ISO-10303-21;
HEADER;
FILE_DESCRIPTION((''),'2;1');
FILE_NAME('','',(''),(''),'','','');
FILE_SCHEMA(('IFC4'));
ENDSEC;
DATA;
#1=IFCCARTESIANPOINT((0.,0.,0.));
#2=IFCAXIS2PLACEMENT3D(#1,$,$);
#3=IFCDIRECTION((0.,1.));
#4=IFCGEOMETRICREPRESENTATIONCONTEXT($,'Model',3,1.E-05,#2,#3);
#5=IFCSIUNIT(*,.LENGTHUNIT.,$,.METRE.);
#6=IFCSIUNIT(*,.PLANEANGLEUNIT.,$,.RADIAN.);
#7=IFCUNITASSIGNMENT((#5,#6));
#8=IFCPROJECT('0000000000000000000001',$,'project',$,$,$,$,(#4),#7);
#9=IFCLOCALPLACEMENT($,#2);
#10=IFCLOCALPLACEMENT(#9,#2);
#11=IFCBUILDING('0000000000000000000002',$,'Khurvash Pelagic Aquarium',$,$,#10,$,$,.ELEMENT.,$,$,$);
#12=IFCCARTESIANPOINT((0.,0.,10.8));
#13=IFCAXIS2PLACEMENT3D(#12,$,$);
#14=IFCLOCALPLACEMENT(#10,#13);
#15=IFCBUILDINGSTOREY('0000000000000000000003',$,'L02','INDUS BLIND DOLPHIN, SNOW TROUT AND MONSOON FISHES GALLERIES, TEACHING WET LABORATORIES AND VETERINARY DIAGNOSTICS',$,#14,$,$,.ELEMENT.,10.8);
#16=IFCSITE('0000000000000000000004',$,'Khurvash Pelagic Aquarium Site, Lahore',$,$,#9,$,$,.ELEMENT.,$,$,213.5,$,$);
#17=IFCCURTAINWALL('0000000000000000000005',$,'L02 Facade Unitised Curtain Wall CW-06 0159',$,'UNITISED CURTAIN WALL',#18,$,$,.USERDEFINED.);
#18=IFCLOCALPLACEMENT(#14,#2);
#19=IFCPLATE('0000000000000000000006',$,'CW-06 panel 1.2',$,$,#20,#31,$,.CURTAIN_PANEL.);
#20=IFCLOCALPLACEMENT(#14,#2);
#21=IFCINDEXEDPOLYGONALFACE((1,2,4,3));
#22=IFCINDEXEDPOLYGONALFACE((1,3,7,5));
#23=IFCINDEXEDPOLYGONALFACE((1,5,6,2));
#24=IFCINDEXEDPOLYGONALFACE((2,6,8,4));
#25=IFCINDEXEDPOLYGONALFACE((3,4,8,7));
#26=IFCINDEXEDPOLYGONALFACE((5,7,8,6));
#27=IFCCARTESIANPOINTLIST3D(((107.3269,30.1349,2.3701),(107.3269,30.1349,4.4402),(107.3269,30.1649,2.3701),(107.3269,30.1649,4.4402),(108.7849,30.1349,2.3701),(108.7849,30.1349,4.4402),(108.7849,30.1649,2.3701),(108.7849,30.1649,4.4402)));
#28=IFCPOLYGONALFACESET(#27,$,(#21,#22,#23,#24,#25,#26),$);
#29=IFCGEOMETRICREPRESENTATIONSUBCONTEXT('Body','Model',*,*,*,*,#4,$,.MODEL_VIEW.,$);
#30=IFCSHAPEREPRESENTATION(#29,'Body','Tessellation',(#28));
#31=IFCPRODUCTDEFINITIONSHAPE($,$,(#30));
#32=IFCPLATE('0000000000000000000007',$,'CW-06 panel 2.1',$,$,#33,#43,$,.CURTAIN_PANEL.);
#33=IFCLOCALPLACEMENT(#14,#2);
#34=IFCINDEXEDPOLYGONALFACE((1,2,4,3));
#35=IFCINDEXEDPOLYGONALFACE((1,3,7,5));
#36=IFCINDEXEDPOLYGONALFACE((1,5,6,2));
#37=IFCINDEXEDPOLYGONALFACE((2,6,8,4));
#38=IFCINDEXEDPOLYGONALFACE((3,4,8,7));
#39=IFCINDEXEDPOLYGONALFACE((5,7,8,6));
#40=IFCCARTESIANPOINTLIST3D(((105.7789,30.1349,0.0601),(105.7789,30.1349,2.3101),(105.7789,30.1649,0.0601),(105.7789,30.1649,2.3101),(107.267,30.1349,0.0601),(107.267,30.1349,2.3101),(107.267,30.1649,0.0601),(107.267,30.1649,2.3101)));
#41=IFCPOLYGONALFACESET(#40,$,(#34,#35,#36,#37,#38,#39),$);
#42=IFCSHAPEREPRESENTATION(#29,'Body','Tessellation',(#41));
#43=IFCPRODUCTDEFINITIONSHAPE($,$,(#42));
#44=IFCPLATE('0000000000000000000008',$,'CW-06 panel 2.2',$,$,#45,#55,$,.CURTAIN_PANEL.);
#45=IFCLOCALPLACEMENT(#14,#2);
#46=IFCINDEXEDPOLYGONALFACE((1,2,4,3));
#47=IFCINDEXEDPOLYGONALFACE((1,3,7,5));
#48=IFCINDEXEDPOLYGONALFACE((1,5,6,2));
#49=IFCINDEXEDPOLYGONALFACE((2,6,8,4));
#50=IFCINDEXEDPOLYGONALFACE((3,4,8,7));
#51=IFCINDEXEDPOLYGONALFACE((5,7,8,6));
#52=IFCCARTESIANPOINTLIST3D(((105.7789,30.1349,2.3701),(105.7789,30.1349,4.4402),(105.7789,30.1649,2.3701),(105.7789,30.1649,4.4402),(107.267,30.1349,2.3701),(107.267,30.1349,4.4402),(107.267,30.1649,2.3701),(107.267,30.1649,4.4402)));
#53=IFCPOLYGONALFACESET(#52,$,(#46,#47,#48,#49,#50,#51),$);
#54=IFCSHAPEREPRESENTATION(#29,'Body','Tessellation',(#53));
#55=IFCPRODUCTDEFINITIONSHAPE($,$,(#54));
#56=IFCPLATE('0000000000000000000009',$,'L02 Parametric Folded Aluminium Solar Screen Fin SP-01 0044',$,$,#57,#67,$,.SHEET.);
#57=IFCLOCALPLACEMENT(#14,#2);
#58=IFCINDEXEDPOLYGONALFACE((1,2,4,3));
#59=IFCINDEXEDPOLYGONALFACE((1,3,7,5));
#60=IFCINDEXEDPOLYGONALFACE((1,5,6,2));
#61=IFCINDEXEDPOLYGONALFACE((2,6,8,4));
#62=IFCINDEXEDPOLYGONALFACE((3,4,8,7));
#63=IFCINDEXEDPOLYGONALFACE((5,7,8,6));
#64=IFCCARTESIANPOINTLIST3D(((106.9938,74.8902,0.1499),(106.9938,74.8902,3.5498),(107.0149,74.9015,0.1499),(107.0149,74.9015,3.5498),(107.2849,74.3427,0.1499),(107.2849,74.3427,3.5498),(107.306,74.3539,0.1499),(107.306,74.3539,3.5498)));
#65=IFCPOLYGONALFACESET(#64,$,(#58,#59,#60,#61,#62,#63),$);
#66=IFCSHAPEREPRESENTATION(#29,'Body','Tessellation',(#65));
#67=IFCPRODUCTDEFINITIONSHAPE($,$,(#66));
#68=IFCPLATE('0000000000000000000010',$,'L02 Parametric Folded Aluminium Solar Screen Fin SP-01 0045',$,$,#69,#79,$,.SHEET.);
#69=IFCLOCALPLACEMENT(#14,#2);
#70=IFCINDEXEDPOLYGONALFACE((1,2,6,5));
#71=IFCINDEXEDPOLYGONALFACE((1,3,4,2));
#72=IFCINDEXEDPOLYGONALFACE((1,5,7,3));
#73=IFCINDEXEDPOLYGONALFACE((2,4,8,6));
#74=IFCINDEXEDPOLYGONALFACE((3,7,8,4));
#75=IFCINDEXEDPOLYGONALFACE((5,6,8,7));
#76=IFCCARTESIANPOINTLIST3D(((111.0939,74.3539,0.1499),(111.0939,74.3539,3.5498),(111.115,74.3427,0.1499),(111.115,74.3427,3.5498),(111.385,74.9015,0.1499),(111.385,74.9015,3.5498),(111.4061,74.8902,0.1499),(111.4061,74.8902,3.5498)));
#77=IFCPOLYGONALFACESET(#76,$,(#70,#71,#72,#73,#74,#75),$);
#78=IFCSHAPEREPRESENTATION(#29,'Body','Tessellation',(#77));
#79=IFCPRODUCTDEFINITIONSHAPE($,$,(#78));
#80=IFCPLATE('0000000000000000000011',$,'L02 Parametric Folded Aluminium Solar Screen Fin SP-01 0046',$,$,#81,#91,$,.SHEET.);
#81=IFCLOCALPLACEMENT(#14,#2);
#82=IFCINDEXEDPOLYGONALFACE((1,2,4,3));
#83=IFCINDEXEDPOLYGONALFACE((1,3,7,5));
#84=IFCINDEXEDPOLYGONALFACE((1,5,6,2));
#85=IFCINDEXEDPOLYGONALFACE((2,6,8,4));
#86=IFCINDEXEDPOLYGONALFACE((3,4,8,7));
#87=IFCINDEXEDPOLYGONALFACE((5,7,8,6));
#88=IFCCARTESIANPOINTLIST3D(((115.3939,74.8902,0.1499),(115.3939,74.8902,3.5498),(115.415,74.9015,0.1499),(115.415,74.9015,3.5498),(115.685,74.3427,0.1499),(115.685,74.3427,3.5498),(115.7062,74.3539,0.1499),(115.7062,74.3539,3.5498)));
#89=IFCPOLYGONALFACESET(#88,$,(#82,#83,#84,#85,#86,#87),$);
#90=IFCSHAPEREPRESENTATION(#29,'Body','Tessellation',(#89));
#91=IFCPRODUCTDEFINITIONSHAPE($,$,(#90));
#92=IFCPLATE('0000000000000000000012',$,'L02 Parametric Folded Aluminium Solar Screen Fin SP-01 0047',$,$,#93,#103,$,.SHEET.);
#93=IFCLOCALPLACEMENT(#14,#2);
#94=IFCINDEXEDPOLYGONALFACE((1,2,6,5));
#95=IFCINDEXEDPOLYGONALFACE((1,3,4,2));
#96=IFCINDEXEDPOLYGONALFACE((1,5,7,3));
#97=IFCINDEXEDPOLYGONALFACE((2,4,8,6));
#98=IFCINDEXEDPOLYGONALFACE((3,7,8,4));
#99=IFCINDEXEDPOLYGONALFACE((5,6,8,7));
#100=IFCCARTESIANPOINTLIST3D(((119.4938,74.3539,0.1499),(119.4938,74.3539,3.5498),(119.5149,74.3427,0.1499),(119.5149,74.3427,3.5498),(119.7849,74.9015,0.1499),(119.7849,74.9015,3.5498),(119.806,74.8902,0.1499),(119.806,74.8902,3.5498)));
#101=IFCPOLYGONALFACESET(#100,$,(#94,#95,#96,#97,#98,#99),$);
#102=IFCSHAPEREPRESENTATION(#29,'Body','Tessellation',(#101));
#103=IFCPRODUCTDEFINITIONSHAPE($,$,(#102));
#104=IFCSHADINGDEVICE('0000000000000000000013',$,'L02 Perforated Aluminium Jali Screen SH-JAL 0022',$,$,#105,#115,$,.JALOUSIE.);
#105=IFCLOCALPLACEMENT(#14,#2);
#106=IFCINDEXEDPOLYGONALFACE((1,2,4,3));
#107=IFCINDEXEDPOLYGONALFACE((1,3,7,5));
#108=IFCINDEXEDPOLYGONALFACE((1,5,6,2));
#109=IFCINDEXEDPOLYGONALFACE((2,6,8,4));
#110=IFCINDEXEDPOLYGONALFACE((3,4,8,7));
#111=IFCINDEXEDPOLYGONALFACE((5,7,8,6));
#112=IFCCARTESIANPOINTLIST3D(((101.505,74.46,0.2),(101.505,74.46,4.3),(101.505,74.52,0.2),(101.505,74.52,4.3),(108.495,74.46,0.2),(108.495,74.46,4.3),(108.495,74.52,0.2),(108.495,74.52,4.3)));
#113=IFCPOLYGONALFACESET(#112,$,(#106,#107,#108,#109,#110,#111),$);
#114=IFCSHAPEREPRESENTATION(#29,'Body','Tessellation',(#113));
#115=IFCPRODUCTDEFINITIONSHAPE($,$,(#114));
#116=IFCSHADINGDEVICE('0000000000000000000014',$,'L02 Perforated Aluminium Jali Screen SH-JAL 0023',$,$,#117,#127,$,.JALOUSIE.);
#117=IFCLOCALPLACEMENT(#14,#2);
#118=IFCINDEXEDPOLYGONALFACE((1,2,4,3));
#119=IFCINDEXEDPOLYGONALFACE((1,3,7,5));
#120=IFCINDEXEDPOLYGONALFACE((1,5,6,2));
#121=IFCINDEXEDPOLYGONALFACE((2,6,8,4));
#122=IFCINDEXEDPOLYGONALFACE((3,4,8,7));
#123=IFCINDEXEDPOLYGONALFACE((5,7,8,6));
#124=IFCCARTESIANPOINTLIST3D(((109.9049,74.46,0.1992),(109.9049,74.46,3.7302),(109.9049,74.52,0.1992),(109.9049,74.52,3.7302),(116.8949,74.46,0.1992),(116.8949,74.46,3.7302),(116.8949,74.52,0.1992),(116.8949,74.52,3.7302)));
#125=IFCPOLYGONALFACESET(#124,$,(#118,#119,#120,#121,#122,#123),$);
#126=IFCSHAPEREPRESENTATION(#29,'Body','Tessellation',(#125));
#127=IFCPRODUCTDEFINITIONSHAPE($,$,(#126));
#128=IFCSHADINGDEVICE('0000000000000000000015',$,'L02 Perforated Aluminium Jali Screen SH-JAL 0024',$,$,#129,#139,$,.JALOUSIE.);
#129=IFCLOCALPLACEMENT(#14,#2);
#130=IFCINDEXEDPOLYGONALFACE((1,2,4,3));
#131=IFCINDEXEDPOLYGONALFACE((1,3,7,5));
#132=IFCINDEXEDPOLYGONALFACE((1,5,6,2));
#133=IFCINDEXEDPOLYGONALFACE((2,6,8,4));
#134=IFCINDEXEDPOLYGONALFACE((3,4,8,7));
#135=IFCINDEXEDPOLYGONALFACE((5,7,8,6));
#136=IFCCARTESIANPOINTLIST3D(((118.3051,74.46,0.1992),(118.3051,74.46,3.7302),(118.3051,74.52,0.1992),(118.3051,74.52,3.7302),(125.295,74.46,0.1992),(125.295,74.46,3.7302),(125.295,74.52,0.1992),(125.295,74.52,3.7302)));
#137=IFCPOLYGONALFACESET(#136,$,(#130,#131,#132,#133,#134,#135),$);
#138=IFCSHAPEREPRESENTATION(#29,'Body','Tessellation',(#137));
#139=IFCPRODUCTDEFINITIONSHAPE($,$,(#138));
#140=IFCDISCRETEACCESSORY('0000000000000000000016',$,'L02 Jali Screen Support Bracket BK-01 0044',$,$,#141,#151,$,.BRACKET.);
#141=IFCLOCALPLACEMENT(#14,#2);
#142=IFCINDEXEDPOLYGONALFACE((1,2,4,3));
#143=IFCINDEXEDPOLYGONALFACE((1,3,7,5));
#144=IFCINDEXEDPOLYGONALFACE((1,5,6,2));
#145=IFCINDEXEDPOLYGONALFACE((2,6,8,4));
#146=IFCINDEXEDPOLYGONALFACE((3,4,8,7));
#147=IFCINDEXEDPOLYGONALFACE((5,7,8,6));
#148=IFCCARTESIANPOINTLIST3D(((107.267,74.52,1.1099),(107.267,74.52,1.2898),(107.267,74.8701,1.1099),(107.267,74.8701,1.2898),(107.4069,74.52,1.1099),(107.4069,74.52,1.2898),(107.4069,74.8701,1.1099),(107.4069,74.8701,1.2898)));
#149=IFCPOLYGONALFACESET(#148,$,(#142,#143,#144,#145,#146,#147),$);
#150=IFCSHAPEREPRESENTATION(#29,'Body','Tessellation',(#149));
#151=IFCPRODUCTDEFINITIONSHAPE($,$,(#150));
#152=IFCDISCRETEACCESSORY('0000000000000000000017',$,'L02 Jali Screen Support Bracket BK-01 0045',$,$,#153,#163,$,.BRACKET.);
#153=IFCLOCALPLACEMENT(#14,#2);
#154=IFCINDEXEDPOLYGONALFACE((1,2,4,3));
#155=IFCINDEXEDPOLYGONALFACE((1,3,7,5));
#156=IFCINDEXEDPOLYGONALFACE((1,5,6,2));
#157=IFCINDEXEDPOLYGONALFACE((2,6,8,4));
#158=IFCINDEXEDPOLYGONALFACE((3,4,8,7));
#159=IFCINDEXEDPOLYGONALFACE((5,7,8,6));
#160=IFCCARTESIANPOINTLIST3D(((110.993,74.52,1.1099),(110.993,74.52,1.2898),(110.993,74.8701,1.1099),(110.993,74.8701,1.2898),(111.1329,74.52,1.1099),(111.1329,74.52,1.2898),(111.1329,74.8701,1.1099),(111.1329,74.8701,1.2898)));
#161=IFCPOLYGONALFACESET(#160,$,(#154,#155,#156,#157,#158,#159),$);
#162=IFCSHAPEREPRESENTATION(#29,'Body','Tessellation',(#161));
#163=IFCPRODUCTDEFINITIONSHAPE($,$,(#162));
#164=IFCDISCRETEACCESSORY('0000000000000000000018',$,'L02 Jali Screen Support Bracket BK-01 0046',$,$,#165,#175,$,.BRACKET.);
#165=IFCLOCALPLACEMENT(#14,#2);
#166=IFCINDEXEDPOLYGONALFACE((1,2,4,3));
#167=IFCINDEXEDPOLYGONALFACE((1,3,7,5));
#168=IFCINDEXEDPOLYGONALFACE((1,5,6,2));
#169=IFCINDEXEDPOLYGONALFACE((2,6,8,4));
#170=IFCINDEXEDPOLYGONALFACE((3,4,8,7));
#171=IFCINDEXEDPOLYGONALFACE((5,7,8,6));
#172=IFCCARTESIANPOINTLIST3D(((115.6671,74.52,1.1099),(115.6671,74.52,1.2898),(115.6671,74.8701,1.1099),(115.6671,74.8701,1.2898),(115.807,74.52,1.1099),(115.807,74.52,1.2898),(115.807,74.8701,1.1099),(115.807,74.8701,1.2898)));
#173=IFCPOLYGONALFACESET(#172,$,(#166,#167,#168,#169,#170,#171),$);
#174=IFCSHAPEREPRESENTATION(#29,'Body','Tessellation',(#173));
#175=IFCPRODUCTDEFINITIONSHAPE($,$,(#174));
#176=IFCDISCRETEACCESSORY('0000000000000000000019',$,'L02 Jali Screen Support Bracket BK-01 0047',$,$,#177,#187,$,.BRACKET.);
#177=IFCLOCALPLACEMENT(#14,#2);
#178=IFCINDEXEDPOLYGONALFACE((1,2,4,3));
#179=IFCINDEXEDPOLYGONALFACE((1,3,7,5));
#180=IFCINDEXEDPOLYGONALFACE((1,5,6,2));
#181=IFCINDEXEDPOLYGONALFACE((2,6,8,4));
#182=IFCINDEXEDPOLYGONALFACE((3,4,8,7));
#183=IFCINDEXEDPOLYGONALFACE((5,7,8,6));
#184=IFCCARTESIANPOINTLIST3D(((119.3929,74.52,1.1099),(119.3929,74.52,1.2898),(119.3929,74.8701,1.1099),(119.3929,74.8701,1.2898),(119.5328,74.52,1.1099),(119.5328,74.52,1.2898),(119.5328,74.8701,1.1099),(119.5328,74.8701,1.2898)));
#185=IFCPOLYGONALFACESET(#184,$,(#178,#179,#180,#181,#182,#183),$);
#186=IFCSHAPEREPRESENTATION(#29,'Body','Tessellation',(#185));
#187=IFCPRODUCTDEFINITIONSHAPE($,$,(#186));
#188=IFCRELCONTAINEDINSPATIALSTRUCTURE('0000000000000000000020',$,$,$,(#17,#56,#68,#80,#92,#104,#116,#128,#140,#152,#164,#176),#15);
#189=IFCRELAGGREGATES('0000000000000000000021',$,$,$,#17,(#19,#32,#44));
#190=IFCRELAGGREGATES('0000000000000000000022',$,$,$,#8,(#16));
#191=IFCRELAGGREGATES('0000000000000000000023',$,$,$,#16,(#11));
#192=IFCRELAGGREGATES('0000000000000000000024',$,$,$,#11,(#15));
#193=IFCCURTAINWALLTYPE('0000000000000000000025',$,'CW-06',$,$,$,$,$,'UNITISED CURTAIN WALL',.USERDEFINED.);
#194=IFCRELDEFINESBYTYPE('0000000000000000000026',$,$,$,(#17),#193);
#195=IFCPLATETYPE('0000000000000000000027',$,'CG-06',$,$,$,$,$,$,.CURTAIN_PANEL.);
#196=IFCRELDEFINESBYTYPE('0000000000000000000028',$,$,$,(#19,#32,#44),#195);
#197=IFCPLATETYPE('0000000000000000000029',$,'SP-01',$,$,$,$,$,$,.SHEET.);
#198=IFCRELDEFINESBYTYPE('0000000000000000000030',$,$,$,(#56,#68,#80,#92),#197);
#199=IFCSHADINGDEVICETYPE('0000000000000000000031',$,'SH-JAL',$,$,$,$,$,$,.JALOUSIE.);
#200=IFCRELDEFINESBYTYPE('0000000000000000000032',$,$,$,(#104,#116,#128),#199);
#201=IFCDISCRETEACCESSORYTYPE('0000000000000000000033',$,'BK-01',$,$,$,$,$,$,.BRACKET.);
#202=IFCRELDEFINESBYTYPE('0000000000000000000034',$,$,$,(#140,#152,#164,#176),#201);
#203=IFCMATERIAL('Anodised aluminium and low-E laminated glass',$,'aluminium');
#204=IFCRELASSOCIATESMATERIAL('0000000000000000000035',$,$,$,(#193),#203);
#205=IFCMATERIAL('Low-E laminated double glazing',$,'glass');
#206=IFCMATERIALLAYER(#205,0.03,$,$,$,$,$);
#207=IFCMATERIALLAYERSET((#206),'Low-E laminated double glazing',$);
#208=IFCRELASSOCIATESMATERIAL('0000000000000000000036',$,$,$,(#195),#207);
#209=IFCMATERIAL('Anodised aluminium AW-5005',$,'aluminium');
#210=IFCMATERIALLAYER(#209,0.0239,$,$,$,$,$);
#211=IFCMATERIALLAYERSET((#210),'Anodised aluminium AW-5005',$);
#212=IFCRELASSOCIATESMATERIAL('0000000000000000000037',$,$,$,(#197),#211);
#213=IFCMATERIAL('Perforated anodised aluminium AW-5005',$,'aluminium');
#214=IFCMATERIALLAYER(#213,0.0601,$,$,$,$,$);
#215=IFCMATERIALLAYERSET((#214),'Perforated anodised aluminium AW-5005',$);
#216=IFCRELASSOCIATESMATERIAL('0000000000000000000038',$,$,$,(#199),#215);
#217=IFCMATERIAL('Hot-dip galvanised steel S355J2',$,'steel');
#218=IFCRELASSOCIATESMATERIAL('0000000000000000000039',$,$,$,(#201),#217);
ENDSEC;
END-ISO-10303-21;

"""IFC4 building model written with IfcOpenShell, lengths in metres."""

from ifc_helpers import new_model, si_unit, direction, frame, origin, origin_2d, place, context, subcontext, project, spatial, rectangle, extrude, material, layer, layer_set, type_object, element, aggregate, save


model = new_model("IFC4")

# Units and contexts
model_context = context("Model", 3, precision=1e-05, world=origin(), true_north=direction((0.0, 1.0)))
body_context = subcontext(model_context, "Body", "Model", "MODEL_VIEW")
ifc_project = project(units=[si_unit("LENGTHUNIT", "METRE"), si_unit("PLANEANGLEUNIT", "RADIAN")], contexts=[model_context])

# Site, building, storey
site_placement = place(None, origin())
site = spatial("IfcSite", under=ifc_project, at=site_placement, Name="Khurvash Pelagic Aquarium Site, Lahore", CompositionType="ELEMENT", RefElevation=213.5)
building_placement = place(site_placement, origin())
building = spatial("IfcBuilding", under=site, at=building_placement, Name="Khurvash Pelagic Aquarium", CompositionType="ELEMENT")
storey_placement = place(building_placement, frame((0.0, 0.0, 10.8)))
storey = spatial("IfcBuildingStorey", under=building, at=storey_placement, Name="L02", Description="INDUS BLIND DOLPHIN, SNOW TROUT AND MONSOON FISHES GALLERIES, TEACHING WET LABORATORIES AND VETERINARY DIAGNOSTICS", CompositionType="ELEMENT", Elevation=10.8)

# Curtain wall, plates
ifc_material_1 = material(Name="Anodised aluminium and low-E laminated glass", Category="aluminium")
curtain_wall_type = type_object("IfcCurtainWallType", Name="CW-06", ElementType="UNITISED CURTAIN WALL", PredefinedType="USERDEFINED", material=ifc_material_1)
curtain_wall_placement = place(storey_placement, origin())
curtain_wall = element("IfcCurtainWall", 1, at=curtain_wall_placement, inside=storey, type_object=curtain_wall_type, Name="L02 Facade Unitised Curtain Wall CW-06 0159", ObjectType="UNITISED CURTAIN WALL", PredefinedType="USERDEFINED")
ifc_material_2 = material(Name="Low-E laminated double glazing", Category="glass")
ifc_layer_1 = layer(ifc_material_2, 0.03)
ifc_layer_set_1 = layer_set([ifc_layer_1], Name="Low-E laminated double glazing")
plate_type_1 = type_object("IfcPlateType", Name="CG-06", PredefinedType="CURTAIN_PANEL", material=ifc_layer_set_1)
plate_1_placement = place(storey_placement, frame((108.0559, 30.1499, 2.3701), z_axis=(0.0, 0.0, 1.0), x_axis=(-1.0, 0.0, 0.0)))
plate_1 = element("IfcPlate", 2, at=plate_1_placement, type_object=plate_type_1, Name="CW-06 panel 1.2", PredefinedType="CURTAIN_PANEL", context=body_context, shape_type="SweptSolid", body=[
    extrude(rectangle(XDim=1.458, YDim=0.03, at=origin_2d()), origin(), (0.0, 0.0, 1.0), 2.0701),
])
plate_2_placement = place(storey_placement, frame((106.5229, 30.1499, 0.0601), z_axis=(0.0, 0.0, 1.0), x_axis=(-1.0, 0.0, 0.0)))
plate_2 = element("IfcPlate", 3, at=plate_2_placement, type_object=plate_type_1, Name="CW-06 panel 2.1", PredefinedType="CURTAIN_PANEL", context=body_context, shape_type="SweptSolid", body=[
    extrude(rectangle(XDim=1.488, YDim=0.03, at=origin_2d()), origin(), (0.0, 0.0, 1.0), 2.25),
])
plate_3_placement = place(storey_placement, frame((106.5229, 30.1499, 2.3701), z_axis=(0.0, 0.0, 1.0), x_axis=(-1.0, 0.0, 0.0)))
plate_3 = element("IfcPlate", 4, at=plate_3_placement, type_object=plate_type_1, Name="CW-06 panel 2.2", PredefinedType="CURTAIN_PANEL", context=body_context, shape_type="SweptSolid", body=[
    extrude(rectangle(XDim=1.488, YDim=0.03, at=origin_2d()), origin(), (0.0, 0.0, 1.0), 2.0701),
])
aggregate(curtain_wall, [plate_1, plate_2, plate_3])

# Plates
ifc_material_3 = material(Name="Anodised aluminium AW-5005", Category="aluminium")
ifc_layer_2 = layer(ifc_material_3, 0.0239)
ifc_layer_set_2 = layer_set([ifc_layer_2], Name="Anodised aluminium AW-5005")
plate_type_2 = type_object("IfcPlateType", Name="SP-01", PredefinedType="SHEET", material=ifc_layer_set_2)
for number, where, z_axis, x_axis, name in (
    (5, (107.1499, 74.6221, 0.1499), (0.0, 0.0, 1.0), (0.469472, -0.882948, 0.0), "L02 Parametric Folded Aluminium Solar Screen Fin SP-01 0044"),
    (6, (111.25, 74.6221, 0.1499), (0.0, 0.0, 1.0), (-0.469472, -0.882948, 0.0), "L02 Parametric Folded Aluminium Solar Screen Fin SP-01 0045"),
    (7, (115.55, 74.6221, 0.1499), (0.0, 0.0, 1.0), (0.469472, -0.882948, 0.0), "L02 Parametric Folded Aluminium Solar Screen Fin SP-01 0046"),
    (8, (119.6499, 74.6221, 0.1499), (0.0, 0.0, 1.0), (-0.469472, -0.882948, 0.0), "L02 Parametric Folded Aluminium Solar Screen Fin SP-01 0047"),
):
    element("IfcPlate", number, at=place(storey_placement, frame(where, z_axis=z_axis, x_axis=x_axis)), inside=storey, type_object=plate_type_2, Name=name, PredefinedType="SHEET", context=body_context, shape_type="SweptSolid", body=[
        extrude(rectangle(XDim=0.6201, YDim=0.0239, at=origin_2d()), origin(), (0.0, 0.0, 1.0), 3.3999),
    ])

# Shading devices
ifc_material_4 = material(Name="Perforated anodised aluminium AW-5005", Category="aluminium")
ifc_layer_3 = layer(ifc_material_4, 0.0601)
ifc_layer_set_3 = layer_set([ifc_layer_3], Name="Perforated anodised aluminium AW-5005")
shading_device_type = type_object("IfcShadingDeviceType", Name="SH-JAL", PredefinedType="JALOUSIE", material=ifc_layer_set_3)
shading_device_placement = place(storey_placement, frame((105.0, 74.49, 0.2), z_axis=(0.0, 0.0, 1.0), x_axis=(1.0, 0.0, 0.0)))
element("IfcShadingDevice", 9, at=shading_device_placement, inside=storey, type_object=shading_device_type, Name="L02 Perforated Aluminium Jali Screen SH-JAL 0022", PredefinedType="JALOUSIE", context=body_context, shape_type="SweptSolid", body=[
    extrude(rectangle(XDim=6.99, YDim=0.0601, at=origin_2d()), origin(), (0.0, 0.0, 1.0), 4.1001),
])
for number, where, z_axis, x_axis, name in (
    (10, (113.3999, 74.49, 0.1992), (0.0, 0.0, 1.0), (1.0, 0.0, 0.0), "L02 Perforated Aluminium Jali Screen SH-JAL 0023"),
    (11, (121.8, 74.49, 0.1992), (0.0, 0.0, 1.0), (1.0, 0.0, 0.0), "L02 Perforated Aluminium Jali Screen SH-JAL 0024"),
):
    element("IfcShadingDevice", number, at=place(storey_placement, frame(where, z_axis=z_axis, x_axis=x_axis)), inside=storey, type_object=shading_device_type, Name=name, PredefinedType="JALOUSIE", context=body_context, shape_type="SweptSolid", body=[
        extrude(rectangle(XDim=6.99, YDim=0.0601, at=origin_2d()), origin(), (0.0, 0.0, 1.0), 3.531),
    ])

# Discrete accessories
ifc_material_5 = material(Name="Hot-dip galvanised steel S355J2", Category="steel")
discrete_accessory_type = type_object("IfcDiscreteAccessoryType", Name="BK-01", PredefinedType="BRACKET", material=ifc_material_5)
for number, where, z_axis, x_axis, name in (
    (12, (107.3369, 74.6951, 1.1099), (0.0, 0.0, 1.0), (1.0, 0.0, 0.0), "L02 Jali Screen Support Bracket BK-01 0044"),
    (13, (111.063, 74.6951, 1.1099), (0.0, 0.0, 1.0), (1.0, 0.0, 0.0), "L02 Jali Screen Support Bracket BK-01 0045"),
    (14, (115.7371, 74.6951, 1.1099), (0.0, 0.0, 1.0), (1.0, 0.0, 0.0), "L02 Jali Screen Support Bracket BK-01 0046"),
    (15, (119.4629, 74.6951, 1.1099), (0.0, 0.0, 1.0), (1.0, 0.0, 0.0), "L02 Jali Screen Support Bracket BK-01 0047"),
):
    element("IfcDiscreteAccessory", number, at=place(storey_placement, frame(where, z_axis=z_axis, x_axis=x_axis)), inside=storey, type_object=discrete_accessory_type, Name=name, PredefinedType="BRACKET", context=body_context, shape_type="SweptSolid", body=[
        extrude(rectangle(XDim=0.1399, YDim=0.3501, at=origin_2d()), origin(), (0.0, 0.0, 1.0), 0.1799),
    ])

save(model, "model.ifc")
